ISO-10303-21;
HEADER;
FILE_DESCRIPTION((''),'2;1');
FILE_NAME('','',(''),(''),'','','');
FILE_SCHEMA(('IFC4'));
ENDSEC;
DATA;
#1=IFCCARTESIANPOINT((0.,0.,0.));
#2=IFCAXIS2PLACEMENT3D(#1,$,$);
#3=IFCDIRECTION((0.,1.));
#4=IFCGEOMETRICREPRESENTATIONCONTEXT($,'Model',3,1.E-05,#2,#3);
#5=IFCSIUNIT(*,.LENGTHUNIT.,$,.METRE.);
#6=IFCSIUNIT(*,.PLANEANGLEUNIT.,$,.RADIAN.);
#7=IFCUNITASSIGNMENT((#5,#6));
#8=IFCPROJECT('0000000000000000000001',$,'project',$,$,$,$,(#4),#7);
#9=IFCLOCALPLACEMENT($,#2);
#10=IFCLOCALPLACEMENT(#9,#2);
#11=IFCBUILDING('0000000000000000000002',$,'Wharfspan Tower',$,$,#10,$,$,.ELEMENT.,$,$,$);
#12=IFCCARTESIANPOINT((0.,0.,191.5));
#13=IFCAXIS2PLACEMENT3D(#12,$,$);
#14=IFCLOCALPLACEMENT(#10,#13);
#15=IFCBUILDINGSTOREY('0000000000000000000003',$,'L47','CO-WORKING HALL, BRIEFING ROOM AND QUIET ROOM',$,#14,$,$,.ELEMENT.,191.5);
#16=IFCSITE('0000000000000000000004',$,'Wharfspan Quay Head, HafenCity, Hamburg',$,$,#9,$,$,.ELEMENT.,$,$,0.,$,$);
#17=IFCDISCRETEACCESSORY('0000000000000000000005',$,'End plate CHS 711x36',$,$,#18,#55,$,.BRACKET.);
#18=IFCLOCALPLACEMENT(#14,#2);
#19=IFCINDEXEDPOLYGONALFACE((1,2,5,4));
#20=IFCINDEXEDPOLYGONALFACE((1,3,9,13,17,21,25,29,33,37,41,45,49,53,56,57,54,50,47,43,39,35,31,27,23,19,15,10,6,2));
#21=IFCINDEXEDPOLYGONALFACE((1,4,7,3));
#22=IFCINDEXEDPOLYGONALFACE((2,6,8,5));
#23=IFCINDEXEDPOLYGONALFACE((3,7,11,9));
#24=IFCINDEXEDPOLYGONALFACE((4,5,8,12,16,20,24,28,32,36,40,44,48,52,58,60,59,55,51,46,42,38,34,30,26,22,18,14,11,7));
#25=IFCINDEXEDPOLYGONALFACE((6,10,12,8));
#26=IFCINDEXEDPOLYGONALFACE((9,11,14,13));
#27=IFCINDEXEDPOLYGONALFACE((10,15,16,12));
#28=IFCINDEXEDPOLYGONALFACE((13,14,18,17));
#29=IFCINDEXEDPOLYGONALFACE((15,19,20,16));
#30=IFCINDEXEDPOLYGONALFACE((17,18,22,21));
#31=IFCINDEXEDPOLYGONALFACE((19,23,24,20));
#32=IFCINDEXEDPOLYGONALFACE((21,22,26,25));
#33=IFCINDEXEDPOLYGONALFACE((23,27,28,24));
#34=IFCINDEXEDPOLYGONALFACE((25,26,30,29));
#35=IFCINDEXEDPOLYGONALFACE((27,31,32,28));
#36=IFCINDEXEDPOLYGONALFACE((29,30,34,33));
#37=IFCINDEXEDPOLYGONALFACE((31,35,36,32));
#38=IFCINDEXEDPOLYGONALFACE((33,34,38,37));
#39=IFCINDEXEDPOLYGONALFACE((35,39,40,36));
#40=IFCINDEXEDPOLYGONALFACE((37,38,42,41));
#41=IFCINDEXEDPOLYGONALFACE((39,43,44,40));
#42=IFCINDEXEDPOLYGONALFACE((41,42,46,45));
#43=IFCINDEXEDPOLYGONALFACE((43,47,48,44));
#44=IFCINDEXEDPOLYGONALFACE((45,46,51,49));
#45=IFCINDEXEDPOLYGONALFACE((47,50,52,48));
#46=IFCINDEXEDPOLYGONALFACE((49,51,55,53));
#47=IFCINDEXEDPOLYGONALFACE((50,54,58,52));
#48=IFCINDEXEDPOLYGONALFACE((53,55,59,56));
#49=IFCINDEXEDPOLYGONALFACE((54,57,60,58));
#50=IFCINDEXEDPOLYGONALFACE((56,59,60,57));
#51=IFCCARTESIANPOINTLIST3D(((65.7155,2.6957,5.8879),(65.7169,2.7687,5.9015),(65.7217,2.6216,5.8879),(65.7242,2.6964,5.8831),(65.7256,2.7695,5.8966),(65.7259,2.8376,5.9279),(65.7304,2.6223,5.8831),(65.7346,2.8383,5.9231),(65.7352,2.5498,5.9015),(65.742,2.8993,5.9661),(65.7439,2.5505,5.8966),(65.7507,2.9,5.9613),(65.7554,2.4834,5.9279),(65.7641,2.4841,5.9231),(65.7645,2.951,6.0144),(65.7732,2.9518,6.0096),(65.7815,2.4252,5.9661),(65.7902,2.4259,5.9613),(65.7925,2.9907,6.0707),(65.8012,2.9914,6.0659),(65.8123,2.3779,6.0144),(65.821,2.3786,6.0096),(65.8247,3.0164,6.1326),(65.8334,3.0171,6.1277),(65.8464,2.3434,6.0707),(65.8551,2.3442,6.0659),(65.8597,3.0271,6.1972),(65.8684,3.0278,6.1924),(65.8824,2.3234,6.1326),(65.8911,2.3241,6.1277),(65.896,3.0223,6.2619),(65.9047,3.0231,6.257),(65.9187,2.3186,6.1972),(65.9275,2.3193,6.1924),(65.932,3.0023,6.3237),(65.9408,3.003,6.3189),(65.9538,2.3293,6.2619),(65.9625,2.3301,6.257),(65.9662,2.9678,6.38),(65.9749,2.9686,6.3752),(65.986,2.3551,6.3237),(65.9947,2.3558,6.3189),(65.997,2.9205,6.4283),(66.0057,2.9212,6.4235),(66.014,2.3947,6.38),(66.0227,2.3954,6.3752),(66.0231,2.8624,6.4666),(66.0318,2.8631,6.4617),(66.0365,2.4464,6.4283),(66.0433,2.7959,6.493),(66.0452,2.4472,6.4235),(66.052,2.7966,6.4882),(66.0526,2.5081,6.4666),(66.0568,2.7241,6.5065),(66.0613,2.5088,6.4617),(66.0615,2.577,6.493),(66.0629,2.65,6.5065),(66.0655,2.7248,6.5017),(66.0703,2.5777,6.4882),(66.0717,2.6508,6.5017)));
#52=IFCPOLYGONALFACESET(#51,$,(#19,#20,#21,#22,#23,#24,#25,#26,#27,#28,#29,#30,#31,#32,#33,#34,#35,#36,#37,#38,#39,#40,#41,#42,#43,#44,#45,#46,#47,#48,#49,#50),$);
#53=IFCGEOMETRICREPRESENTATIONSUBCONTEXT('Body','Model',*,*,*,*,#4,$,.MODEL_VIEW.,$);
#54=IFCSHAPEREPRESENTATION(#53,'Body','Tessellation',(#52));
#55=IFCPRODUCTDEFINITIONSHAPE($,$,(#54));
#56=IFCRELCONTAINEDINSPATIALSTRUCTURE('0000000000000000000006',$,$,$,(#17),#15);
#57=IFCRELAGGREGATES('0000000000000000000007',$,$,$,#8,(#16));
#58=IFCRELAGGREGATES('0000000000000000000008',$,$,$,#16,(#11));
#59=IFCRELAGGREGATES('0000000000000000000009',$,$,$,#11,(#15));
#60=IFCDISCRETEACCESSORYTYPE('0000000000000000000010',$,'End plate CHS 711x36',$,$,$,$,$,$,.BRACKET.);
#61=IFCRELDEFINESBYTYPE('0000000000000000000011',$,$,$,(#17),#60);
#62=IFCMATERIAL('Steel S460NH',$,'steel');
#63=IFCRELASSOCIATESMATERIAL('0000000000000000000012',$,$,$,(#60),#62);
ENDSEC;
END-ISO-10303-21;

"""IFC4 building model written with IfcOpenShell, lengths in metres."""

from ifc_helpers import new_model, si_unit, direction, frame, origin, origin_2d, place, context, subcontext, project, spatial, circle, extrude, material, material_profile, profile_set, type_object, element, save


model = new_model("IFC4")

# Units and contexts
model_context = context("Model", 3, precision=1e-05, world=origin(), true_north=direction((0.0, 1.0)))
body_context = subcontext(model_context, "Body", "Model", "MODEL_VIEW")
ifc_project = project(units=[si_unit("LENGTHUNIT", "METRE"), si_unit("PLANEANGLEUNIT", "RADIAN")], contexts=[model_context])

# Site, building, storey
site_placement = place(None, origin())
site = spatial("IfcSite", under=ifc_project, at=site_placement, Name="Wharfspan Quay Head, HafenCity, Hamburg", CompositionType="ELEMENT", RefElevation=0.0)
building_placement = place(site_placement, origin())
building = spatial("IfcBuilding", under=site, at=building_placement, Name="Wharfspan Tower", CompositionType="ELEMENT")
storey_placement = place(building_placement, frame((0.0, 0.0, 191.5)))
storey = spatial("IfcBuildingStorey", under=building, at=storey_placement, Name="L47", Description="CO-WORKING HALL, BRIEFING ROOM AND QUIET ROOM", CompositionType="ELEMENT", Elevation=191.5)

# Shared definitions
ifc_material_1 = material(Name="Steel S460NH", Category="steel")

# Discrete accessory
ifc_material_profile_1 = material_profile(ifc_material_1, circle(Radius=0.3555, at=origin_2d()))
ifc_profile_set_1 = profile_set([ifc_material_profile_1], Name="Steel S460NH")
discrete_accessory_type = type_object("IfcDiscreteAccessoryType", Name="End plate CHS 711x36", PredefinedType="BRACKET", material=ifc_profile_set_1)
for number, where, z_axis, x_axis, name in (
    (1, (65.8979, 2.6736, 6.1924), (-0.871847, -0.072654, 0.484359), (0.083044, -0.996547, -0.000003), "End plate CHS 711x36"),
):
    element("IfcDiscreteAccessory", number, at=place(storey_placement, frame(where, z_axis=z_axis, x_axis=x_axis)), inside=storey, type_object=discrete_accessory_type, Name=name, PredefinedType="BRACKET", context=body_context, shape_type="SweptSolid", body=[
        extrude(circle(Radius=0.3555, at=origin_2d()), origin(), (0.0, 0.0, 1.0), 0.01),
    ])

save(model, "model.ifc")
